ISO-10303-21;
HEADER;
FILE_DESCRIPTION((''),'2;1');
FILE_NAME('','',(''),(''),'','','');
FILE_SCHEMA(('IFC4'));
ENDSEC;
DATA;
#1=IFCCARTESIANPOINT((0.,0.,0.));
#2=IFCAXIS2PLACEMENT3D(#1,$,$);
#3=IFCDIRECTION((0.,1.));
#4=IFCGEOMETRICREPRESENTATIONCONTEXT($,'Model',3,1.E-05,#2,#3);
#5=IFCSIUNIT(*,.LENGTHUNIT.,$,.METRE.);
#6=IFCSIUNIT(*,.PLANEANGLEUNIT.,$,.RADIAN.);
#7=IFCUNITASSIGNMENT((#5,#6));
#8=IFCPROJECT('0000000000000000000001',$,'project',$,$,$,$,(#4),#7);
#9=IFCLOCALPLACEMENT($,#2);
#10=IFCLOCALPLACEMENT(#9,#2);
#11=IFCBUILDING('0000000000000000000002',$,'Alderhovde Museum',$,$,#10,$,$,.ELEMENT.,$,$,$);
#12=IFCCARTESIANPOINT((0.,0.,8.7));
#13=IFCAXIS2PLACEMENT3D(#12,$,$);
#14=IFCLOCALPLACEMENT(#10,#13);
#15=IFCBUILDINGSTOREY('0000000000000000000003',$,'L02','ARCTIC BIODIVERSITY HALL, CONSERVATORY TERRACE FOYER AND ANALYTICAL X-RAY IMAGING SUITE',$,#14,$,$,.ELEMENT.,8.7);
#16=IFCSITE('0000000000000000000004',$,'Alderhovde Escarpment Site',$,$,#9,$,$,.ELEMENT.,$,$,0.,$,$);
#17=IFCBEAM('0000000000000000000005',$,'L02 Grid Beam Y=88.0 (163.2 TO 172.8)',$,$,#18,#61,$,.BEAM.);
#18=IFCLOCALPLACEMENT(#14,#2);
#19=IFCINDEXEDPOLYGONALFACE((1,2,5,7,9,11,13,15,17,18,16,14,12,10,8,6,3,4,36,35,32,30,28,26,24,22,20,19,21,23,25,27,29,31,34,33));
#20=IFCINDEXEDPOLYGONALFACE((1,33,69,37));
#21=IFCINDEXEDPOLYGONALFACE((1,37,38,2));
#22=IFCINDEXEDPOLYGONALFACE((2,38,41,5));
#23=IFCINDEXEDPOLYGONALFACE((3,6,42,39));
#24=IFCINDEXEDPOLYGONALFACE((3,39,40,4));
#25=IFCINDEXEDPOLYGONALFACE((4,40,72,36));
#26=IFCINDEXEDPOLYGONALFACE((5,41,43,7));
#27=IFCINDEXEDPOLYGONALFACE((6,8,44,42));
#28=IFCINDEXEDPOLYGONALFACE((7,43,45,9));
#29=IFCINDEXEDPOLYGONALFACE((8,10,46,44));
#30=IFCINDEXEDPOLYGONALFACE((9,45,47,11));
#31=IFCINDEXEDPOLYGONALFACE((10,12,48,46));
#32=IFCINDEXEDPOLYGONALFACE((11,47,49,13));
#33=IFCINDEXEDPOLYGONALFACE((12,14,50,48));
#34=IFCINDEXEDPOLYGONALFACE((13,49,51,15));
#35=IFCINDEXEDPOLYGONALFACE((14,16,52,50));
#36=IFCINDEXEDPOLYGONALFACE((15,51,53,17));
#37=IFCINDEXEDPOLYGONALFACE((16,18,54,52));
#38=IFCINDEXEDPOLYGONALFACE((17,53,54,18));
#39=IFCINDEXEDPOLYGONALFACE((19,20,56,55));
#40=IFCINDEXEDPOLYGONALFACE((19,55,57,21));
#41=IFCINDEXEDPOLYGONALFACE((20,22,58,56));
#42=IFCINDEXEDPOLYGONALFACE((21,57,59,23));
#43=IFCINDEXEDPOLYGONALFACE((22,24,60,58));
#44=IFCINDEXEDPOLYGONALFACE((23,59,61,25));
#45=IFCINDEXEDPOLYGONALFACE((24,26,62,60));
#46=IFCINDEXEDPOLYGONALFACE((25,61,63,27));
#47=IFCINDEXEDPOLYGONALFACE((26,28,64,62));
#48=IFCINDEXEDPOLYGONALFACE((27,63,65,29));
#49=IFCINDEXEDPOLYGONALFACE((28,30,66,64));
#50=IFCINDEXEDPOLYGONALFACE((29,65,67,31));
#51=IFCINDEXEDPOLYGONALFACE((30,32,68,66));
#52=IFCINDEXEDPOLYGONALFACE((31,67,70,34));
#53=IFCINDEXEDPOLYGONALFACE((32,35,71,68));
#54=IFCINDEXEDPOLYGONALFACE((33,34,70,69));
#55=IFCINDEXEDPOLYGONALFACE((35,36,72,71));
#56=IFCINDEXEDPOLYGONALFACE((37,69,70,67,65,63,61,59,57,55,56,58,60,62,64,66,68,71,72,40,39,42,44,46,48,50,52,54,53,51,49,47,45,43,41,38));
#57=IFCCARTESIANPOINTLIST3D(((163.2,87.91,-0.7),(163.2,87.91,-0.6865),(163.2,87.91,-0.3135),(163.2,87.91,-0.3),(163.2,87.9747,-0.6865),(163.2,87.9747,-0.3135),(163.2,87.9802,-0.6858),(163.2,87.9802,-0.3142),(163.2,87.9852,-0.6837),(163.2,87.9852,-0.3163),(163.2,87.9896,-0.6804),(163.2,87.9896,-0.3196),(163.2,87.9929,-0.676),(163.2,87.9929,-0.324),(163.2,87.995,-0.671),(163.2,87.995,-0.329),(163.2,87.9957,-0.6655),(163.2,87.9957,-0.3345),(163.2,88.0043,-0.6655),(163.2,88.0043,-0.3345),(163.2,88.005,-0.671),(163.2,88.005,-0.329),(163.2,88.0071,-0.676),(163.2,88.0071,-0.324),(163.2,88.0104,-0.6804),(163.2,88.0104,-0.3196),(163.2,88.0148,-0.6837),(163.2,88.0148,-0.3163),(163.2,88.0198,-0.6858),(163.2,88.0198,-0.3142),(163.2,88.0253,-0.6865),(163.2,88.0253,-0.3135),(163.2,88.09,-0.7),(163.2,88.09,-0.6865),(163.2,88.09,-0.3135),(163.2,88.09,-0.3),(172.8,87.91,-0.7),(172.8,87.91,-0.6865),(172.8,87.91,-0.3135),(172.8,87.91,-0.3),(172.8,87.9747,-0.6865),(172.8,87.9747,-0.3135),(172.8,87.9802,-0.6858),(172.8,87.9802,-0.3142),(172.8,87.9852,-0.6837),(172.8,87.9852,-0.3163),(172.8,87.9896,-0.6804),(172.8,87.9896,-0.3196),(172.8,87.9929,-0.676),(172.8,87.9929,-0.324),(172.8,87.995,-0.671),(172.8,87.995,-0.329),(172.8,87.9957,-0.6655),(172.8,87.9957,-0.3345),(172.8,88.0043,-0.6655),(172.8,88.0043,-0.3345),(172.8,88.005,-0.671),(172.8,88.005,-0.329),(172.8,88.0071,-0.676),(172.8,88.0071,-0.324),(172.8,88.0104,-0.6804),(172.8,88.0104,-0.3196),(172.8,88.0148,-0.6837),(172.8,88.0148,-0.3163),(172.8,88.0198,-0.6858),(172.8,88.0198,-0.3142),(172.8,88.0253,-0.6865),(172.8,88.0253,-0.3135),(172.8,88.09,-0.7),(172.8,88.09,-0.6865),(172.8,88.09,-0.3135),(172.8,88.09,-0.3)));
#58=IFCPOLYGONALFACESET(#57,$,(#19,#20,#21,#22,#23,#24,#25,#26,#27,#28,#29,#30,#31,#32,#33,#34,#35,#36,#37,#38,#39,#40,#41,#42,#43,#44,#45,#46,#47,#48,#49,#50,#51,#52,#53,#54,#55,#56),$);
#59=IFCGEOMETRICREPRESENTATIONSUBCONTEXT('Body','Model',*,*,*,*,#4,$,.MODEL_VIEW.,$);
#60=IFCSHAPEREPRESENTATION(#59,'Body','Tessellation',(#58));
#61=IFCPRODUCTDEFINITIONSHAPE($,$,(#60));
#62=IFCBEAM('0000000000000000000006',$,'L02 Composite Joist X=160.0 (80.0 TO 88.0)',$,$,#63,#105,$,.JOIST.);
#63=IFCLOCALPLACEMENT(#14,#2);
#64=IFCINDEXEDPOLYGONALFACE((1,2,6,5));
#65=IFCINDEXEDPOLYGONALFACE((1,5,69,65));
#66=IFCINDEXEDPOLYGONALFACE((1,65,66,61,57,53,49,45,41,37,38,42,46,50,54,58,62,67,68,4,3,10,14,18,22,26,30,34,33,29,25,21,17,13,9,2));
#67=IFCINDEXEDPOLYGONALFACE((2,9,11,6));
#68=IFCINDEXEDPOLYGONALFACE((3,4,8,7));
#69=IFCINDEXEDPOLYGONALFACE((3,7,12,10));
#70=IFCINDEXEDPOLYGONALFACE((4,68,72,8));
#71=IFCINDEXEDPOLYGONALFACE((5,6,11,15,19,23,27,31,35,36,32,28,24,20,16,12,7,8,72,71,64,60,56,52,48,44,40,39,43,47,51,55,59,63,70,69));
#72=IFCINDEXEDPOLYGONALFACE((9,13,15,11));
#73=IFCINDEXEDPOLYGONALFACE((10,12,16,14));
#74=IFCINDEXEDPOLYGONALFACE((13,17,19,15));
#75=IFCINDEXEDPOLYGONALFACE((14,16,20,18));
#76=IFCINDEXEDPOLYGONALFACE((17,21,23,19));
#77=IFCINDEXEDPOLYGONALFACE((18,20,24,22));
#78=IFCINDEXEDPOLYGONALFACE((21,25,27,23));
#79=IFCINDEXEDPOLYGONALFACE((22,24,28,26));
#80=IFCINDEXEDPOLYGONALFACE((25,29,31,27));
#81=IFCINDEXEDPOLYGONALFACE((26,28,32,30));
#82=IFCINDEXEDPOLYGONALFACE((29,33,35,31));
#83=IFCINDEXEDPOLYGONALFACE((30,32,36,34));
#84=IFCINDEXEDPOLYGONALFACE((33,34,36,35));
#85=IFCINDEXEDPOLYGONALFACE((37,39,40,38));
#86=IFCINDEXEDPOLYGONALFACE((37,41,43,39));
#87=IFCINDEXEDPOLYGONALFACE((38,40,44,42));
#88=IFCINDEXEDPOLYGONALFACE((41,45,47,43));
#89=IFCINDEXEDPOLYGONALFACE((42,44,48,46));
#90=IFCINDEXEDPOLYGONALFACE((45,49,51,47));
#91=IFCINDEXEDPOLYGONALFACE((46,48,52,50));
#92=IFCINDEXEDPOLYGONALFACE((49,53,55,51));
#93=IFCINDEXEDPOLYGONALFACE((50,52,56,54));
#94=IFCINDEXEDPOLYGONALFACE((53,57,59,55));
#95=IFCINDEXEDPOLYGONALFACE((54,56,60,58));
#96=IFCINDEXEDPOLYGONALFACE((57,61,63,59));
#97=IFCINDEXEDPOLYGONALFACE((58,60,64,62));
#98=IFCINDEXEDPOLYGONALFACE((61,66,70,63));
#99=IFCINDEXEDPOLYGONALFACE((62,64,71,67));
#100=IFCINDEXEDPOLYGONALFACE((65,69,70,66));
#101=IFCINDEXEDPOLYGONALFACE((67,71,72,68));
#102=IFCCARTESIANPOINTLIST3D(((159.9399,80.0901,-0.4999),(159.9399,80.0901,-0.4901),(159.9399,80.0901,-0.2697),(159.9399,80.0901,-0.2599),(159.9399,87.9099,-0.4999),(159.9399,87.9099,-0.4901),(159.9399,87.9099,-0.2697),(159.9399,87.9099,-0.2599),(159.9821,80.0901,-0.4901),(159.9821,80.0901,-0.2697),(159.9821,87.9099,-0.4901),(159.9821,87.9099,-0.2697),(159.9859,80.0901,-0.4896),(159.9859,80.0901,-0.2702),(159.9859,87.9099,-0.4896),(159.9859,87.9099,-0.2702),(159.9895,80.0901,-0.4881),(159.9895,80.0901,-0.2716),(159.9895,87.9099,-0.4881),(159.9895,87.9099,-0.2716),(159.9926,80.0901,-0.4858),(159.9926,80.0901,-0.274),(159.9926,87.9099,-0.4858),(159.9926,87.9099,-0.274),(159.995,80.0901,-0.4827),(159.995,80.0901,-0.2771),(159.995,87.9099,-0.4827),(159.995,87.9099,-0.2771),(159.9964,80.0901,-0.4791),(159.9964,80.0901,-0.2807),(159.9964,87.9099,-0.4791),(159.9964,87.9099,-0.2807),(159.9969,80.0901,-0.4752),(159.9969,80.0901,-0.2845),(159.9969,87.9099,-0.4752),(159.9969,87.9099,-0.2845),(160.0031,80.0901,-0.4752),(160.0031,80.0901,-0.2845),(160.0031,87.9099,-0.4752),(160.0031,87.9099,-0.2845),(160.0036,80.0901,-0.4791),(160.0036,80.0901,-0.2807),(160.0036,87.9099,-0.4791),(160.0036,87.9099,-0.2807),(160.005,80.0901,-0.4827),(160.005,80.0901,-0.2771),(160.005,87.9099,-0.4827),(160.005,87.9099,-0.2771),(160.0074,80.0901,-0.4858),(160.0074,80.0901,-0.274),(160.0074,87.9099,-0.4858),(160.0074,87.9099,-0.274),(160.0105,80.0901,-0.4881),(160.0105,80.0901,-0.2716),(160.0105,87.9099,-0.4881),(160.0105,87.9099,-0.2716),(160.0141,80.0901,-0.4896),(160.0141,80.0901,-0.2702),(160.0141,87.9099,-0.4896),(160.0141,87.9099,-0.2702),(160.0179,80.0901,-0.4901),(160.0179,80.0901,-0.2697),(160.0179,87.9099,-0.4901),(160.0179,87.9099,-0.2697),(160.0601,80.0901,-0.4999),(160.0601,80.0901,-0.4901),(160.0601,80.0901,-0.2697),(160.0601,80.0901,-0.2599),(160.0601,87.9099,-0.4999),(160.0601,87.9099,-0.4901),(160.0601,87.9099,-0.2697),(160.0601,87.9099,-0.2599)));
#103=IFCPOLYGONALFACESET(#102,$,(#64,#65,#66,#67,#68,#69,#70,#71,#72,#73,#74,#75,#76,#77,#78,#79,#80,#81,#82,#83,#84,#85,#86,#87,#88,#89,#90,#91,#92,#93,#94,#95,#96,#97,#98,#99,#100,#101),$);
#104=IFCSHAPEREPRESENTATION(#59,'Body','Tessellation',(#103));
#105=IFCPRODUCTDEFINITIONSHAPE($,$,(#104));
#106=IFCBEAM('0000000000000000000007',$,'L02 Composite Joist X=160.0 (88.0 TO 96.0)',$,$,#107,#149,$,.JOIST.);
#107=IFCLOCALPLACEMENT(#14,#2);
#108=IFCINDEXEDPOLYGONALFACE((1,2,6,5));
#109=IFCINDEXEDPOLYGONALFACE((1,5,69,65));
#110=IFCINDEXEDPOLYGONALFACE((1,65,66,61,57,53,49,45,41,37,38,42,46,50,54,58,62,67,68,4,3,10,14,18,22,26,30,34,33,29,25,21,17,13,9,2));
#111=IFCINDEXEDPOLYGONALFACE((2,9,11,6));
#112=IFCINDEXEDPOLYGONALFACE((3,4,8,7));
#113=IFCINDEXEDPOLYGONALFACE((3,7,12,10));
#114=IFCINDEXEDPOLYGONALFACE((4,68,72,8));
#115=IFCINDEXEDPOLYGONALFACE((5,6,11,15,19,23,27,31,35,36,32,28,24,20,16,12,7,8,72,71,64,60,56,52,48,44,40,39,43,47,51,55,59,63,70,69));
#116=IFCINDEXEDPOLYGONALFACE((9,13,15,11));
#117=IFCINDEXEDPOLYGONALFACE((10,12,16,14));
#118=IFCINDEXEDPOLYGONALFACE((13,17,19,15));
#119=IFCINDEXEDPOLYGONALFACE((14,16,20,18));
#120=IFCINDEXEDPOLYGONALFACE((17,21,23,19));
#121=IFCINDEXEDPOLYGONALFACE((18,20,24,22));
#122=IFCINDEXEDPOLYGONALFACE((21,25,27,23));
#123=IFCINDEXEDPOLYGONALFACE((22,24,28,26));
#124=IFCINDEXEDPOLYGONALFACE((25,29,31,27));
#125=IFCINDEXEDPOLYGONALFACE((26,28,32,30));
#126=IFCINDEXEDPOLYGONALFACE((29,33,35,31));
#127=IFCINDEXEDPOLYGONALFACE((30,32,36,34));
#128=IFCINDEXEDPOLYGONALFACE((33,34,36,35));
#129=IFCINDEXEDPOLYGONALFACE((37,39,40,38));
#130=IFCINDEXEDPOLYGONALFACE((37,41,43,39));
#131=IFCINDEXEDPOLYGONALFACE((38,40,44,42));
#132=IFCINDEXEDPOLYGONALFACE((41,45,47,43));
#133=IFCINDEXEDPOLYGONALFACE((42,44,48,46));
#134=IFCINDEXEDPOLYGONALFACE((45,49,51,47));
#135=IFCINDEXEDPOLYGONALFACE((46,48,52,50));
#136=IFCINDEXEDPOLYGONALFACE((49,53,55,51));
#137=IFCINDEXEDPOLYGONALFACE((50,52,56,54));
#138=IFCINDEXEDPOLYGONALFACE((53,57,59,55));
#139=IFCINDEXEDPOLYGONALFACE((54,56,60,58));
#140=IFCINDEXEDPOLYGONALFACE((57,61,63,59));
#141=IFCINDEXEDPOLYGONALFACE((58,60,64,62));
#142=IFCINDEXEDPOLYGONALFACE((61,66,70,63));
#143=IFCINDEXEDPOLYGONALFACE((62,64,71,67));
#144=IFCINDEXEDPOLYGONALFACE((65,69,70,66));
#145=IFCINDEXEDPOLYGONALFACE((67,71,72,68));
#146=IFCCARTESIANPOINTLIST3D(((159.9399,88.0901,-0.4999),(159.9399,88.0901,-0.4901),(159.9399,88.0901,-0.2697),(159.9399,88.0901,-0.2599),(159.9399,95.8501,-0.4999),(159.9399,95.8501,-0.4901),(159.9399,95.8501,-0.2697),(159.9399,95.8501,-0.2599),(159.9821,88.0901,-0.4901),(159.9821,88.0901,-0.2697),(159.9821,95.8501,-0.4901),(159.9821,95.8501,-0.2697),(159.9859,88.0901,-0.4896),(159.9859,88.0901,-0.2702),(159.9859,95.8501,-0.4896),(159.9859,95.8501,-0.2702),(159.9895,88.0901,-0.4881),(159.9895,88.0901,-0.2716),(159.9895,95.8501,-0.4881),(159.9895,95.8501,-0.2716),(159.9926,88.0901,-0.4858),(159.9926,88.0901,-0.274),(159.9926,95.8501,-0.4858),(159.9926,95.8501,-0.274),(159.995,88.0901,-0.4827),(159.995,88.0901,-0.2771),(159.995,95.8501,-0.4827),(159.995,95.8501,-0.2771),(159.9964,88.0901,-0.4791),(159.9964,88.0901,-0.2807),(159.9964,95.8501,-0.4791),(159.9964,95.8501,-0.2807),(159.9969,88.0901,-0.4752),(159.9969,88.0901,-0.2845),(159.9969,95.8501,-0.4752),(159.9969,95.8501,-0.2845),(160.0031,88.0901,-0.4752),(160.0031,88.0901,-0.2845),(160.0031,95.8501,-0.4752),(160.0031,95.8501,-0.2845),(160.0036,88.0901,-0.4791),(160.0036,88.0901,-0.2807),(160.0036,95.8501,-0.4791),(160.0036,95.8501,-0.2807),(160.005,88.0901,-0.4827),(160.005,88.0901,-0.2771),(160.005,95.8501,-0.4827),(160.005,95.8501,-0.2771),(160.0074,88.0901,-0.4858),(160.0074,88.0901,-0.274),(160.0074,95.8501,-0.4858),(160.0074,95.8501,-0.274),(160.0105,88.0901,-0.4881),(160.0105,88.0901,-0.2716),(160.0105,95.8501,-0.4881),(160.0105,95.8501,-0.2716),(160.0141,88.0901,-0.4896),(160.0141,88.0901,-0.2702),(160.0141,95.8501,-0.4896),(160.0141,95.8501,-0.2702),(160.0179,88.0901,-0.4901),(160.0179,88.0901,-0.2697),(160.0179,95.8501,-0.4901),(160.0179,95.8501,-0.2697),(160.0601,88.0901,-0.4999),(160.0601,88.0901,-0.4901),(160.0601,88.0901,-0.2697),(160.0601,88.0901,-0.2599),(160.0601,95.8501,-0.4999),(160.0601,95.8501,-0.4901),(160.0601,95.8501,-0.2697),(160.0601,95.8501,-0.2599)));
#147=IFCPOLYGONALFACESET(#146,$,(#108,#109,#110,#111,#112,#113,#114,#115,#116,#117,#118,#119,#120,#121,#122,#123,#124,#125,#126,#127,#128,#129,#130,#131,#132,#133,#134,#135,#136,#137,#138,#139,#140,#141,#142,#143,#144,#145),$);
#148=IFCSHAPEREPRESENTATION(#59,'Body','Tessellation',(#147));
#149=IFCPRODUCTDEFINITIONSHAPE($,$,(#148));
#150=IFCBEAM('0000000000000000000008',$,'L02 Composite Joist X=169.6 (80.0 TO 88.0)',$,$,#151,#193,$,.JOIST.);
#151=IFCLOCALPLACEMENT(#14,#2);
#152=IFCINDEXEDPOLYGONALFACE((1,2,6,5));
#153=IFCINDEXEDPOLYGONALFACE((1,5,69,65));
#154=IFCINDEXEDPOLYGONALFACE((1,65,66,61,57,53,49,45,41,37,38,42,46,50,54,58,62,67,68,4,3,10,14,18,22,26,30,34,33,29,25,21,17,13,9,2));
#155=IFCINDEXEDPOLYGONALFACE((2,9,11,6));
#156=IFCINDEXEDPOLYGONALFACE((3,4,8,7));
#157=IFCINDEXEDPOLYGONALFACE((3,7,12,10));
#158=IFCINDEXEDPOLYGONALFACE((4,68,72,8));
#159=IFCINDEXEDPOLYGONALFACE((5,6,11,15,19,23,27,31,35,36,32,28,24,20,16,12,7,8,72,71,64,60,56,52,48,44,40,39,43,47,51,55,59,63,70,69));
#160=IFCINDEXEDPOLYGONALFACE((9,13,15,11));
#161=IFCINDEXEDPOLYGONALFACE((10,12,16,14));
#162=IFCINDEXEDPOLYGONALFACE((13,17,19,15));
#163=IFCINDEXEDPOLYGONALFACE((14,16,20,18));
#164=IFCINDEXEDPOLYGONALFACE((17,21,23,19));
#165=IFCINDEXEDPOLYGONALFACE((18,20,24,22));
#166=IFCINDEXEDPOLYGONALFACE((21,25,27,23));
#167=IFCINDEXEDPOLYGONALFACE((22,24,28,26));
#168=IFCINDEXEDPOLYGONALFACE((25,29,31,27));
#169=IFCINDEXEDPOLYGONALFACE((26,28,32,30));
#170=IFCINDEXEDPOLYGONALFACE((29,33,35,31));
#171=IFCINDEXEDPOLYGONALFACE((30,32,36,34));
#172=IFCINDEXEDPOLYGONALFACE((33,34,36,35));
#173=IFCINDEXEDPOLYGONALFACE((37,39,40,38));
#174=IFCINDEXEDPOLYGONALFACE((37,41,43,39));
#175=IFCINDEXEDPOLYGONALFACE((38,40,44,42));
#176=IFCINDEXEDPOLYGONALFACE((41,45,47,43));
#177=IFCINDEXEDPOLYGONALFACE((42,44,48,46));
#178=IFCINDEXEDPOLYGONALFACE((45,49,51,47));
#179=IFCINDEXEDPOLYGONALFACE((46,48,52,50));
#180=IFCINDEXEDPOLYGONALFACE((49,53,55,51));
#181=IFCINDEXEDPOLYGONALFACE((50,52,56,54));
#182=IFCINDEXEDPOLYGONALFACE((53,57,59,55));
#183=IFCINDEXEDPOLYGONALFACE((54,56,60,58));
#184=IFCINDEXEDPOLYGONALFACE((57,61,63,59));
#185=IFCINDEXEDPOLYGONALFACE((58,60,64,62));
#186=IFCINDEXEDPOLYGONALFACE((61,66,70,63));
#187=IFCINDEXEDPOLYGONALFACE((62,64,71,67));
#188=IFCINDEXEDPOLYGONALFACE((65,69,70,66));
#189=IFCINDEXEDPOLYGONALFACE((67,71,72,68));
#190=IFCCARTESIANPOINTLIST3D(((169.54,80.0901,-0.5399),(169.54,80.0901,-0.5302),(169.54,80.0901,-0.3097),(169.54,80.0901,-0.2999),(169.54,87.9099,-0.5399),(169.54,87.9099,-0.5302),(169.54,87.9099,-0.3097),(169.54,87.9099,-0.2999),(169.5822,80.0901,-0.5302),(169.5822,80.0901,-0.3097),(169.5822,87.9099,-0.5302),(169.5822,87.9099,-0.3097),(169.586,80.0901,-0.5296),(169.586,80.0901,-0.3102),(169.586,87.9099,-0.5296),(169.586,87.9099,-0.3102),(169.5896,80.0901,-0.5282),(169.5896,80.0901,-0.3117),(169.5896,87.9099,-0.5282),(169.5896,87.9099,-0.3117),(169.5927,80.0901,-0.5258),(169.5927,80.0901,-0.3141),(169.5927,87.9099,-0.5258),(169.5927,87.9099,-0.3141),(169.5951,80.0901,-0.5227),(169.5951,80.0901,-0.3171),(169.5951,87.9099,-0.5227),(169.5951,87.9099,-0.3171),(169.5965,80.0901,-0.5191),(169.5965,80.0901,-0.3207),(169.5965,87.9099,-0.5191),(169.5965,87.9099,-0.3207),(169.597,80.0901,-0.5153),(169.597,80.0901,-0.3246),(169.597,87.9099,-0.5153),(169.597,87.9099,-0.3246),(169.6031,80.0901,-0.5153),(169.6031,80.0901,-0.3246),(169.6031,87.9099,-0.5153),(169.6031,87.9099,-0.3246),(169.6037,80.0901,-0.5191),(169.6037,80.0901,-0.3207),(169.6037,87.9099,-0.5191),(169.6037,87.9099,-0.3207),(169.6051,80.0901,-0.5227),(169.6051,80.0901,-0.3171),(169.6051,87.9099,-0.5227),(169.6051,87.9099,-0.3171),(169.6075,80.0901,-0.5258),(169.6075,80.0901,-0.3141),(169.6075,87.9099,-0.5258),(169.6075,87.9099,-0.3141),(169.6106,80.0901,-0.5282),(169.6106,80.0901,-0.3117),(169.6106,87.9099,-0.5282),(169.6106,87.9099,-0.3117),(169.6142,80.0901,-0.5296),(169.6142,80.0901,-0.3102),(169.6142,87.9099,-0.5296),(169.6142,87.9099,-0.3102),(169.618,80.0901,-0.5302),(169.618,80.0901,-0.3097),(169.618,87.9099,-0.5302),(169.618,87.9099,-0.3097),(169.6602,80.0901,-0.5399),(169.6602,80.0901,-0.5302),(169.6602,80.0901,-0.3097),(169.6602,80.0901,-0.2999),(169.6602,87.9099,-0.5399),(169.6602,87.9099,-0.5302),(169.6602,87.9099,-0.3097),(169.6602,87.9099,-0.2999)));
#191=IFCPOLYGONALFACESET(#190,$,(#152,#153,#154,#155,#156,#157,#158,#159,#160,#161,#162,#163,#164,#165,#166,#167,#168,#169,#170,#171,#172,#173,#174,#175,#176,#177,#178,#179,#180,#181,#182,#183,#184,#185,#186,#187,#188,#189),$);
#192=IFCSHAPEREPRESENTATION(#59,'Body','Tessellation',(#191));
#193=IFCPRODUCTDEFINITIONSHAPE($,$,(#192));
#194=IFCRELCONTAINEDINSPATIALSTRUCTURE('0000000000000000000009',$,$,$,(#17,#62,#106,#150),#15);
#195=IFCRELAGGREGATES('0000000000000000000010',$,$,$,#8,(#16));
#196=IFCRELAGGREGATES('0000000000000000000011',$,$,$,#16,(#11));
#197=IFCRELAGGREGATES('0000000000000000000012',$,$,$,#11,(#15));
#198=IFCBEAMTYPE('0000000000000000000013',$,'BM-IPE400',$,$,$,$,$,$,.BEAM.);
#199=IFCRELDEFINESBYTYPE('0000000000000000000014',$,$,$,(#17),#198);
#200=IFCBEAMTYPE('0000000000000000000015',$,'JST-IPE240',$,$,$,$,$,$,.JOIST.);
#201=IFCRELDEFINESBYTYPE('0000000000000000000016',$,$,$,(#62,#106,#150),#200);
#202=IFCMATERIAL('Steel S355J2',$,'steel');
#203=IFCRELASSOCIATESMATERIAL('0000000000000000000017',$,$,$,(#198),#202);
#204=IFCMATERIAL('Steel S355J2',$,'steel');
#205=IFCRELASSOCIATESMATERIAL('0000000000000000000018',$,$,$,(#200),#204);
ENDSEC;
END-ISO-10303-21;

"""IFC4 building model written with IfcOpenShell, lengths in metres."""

from ifc_helpers import new_model, si_unit, direction, frame, origin, origin_2d, place, context, subcontext, project, spatial, i_section, extrude, material, material_profile, profile_set, type_object, element, save


model = new_model("IFC4")

# Units and contexts
model_context = context("Model", 3, precision=1e-05, world=origin(), true_north=direction((0.0, 1.0)))
body_context = subcontext(model_context, "Body", "Model", "MODEL_VIEW")
ifc_project = project(units=[si_unit("LENGTHUNIT", "METRE"), si_unit("PLANEANGLEUNIT", "RADIAN")], contexts=[model_context])

# Site, building, storey
site_placement = place(None, origin())
site = spatial("IfcSite", under=ifc_project, at=site_placement, Name="Alderhovde Escarpment Site", CompositionType="ELEMENT", RefElevation=0.0)
building_placement = place(site_placement, origin())
building = spatial("IfcBuilding", under=site, at=building_placement, Name="Alderhovde Museum", CompositionType="ELEMENT")
storey_placement = place(building_placement, frame((0.0, 0.0, 8.7)))
storey = spatial("IfcBuildingStorey", under=building, at=storey_placement, Name="L02", Description="ARCTIC BIODIVERSITY HALL, CONSERVATORY TERRACE FOYER AND ANALYTICAL X-RAY IMAGING SUITE", CompositionType="ELEMENT", Elevation=8.7)

# Beams
ifc_material_1 = material(Name="Steel S355J2", Category="steel")
ifc_material_profile_1 = material_profile(ifc_material_1, i_section(OverallWidth=0.1799, OverallDepth=0.3999, WebThickness=0.0085, FlangeThickness=0.0134, FilletRadius=0.021, at=origin_2d()), Name="IPE 400")
ifc_profile_set_1 = profile_set([ifc_material_profile_1], Name="Steel S355J2")
beam_type_1 = type_object("IfcBeamType", Name="BM-IPE400", PredefinedType="BEAM", material=ifc_profile_set_1)
beam_1_placement = place(storey_placement, frame((163.2, 88.0, -0.5), z_axis=(1.0, 0.0, 0.0), x_axis=(0.0, 1.0, 0.0)))
element("IfcBeam", 1, at=beam_1_placement, inside=storey, type_object=beam_type_1, Name="L02 Grid Beam Y=88.0 (163.2 TO 172.8)", PredefinedType="BEAM", context=body_context, shape_type="SweptSolid", body=[
    extrude(i_section(OverallWidth=0.1799, OverallDepth=0.3999, WebThickness=0.0085, FlangeThickness=0.0134, FilletRadius=0.021, at=origin_2d()), origin(), (0.0, 0.0, 1.0), 9.6001),
])
ifc_material_2 = material(Name="Steel S355J2", Category="steel")
ifc_material_profile_2 = material_profile(ifc_material_2, i_section(OverallWidth=0.1201, OverallDepth=0.24, WebThickness=0.0061, FlangeThickness=0.0098, FilletRadius=0.0149, at=origin_2d()), Name="IPE 240")
ifc_profile_set_2 = profile_set([ifc_material_profile_2], Name="Steel S355J2")
beam_type_2 = type_object("IfcBeamType", Name="JST-IPE240", PredefinedType="JOIST", material=ifc_profile_set_2)
beam_2_placement = place(storey_placement, frame((160.0, 80.0901, -0.3799), z_axis=(0.0, 1.0, 0.0), x_axis=(-1.0, 0.0, 0.0)))
element("IfcBeam", 2, at=beam_2_placement, inside=storey, type_object=beam_type_2, Name="L02 Composite Joist X=160.0 (80.0 TO 88.0)", PredefinedType="JOIST", context=body_context, shape_type="SweptSolid", body=[
    extrude(i_section(OverallWidth=0.1201, OverallDepth=0.24, WebThickness=0.0061, FlangeThickness=0.0098, FilletRadius=0.0149, at=origin_2d()), origin(), (0.0, 0.0, 1.0), 7.8198),
])
beam_3_placement = place(storey_placement, frame((160.0, 88.0901, -0.3799), z_axis=(0.0, 1.0, 0.0), x_axis=(-1.0, 0.0, 0.0)))
element("IfcBeam", 3, at=beam_3_placement, inside=storey, type_object=beam_type_2, Name="L02 Composite Joist X=160.0 (88.0 TO 96.0)", PredefinedType="JOIST", context=body_context, shape_type="SweptSolid", body=[
    extrude(i_section(OverallWidth=0.1201, OverallDepth=0.24, WebThickness=0.0061, FlangeThickness=0.0098, FilletRadius=0.0149, at=origin_2d()), origin(), (0.0, 0.0, 1.0), 7.76),
])
beam_4_placement = place(storey_placement, frame((169.6001, 80.0901, -0.4199), z_axis=(0.0, 1.0, 0.0), x_axis=(-1.0, 0.0, 0.0)))
element("IfcBeam", 4, at=beam_4_placement, inside=storey, type_object=beam_type_2, Name="L02 Composite Joist X=169.6 (80.0 TO 88.0)", PredefinedType="JOIST", context=body_context, shape_type="SweptSolid", body=[
    extrude(i_section(OverallWidth=0.1201, OverallDepth=0.24, WebThickness=0.0061, FlangeThickness=0.0098, FilletRadius=0.0149, at=origin_2d()), origin(), (0.0, 0.0, 1.0), 7.8198),
])

save(model, "model.ifc")
